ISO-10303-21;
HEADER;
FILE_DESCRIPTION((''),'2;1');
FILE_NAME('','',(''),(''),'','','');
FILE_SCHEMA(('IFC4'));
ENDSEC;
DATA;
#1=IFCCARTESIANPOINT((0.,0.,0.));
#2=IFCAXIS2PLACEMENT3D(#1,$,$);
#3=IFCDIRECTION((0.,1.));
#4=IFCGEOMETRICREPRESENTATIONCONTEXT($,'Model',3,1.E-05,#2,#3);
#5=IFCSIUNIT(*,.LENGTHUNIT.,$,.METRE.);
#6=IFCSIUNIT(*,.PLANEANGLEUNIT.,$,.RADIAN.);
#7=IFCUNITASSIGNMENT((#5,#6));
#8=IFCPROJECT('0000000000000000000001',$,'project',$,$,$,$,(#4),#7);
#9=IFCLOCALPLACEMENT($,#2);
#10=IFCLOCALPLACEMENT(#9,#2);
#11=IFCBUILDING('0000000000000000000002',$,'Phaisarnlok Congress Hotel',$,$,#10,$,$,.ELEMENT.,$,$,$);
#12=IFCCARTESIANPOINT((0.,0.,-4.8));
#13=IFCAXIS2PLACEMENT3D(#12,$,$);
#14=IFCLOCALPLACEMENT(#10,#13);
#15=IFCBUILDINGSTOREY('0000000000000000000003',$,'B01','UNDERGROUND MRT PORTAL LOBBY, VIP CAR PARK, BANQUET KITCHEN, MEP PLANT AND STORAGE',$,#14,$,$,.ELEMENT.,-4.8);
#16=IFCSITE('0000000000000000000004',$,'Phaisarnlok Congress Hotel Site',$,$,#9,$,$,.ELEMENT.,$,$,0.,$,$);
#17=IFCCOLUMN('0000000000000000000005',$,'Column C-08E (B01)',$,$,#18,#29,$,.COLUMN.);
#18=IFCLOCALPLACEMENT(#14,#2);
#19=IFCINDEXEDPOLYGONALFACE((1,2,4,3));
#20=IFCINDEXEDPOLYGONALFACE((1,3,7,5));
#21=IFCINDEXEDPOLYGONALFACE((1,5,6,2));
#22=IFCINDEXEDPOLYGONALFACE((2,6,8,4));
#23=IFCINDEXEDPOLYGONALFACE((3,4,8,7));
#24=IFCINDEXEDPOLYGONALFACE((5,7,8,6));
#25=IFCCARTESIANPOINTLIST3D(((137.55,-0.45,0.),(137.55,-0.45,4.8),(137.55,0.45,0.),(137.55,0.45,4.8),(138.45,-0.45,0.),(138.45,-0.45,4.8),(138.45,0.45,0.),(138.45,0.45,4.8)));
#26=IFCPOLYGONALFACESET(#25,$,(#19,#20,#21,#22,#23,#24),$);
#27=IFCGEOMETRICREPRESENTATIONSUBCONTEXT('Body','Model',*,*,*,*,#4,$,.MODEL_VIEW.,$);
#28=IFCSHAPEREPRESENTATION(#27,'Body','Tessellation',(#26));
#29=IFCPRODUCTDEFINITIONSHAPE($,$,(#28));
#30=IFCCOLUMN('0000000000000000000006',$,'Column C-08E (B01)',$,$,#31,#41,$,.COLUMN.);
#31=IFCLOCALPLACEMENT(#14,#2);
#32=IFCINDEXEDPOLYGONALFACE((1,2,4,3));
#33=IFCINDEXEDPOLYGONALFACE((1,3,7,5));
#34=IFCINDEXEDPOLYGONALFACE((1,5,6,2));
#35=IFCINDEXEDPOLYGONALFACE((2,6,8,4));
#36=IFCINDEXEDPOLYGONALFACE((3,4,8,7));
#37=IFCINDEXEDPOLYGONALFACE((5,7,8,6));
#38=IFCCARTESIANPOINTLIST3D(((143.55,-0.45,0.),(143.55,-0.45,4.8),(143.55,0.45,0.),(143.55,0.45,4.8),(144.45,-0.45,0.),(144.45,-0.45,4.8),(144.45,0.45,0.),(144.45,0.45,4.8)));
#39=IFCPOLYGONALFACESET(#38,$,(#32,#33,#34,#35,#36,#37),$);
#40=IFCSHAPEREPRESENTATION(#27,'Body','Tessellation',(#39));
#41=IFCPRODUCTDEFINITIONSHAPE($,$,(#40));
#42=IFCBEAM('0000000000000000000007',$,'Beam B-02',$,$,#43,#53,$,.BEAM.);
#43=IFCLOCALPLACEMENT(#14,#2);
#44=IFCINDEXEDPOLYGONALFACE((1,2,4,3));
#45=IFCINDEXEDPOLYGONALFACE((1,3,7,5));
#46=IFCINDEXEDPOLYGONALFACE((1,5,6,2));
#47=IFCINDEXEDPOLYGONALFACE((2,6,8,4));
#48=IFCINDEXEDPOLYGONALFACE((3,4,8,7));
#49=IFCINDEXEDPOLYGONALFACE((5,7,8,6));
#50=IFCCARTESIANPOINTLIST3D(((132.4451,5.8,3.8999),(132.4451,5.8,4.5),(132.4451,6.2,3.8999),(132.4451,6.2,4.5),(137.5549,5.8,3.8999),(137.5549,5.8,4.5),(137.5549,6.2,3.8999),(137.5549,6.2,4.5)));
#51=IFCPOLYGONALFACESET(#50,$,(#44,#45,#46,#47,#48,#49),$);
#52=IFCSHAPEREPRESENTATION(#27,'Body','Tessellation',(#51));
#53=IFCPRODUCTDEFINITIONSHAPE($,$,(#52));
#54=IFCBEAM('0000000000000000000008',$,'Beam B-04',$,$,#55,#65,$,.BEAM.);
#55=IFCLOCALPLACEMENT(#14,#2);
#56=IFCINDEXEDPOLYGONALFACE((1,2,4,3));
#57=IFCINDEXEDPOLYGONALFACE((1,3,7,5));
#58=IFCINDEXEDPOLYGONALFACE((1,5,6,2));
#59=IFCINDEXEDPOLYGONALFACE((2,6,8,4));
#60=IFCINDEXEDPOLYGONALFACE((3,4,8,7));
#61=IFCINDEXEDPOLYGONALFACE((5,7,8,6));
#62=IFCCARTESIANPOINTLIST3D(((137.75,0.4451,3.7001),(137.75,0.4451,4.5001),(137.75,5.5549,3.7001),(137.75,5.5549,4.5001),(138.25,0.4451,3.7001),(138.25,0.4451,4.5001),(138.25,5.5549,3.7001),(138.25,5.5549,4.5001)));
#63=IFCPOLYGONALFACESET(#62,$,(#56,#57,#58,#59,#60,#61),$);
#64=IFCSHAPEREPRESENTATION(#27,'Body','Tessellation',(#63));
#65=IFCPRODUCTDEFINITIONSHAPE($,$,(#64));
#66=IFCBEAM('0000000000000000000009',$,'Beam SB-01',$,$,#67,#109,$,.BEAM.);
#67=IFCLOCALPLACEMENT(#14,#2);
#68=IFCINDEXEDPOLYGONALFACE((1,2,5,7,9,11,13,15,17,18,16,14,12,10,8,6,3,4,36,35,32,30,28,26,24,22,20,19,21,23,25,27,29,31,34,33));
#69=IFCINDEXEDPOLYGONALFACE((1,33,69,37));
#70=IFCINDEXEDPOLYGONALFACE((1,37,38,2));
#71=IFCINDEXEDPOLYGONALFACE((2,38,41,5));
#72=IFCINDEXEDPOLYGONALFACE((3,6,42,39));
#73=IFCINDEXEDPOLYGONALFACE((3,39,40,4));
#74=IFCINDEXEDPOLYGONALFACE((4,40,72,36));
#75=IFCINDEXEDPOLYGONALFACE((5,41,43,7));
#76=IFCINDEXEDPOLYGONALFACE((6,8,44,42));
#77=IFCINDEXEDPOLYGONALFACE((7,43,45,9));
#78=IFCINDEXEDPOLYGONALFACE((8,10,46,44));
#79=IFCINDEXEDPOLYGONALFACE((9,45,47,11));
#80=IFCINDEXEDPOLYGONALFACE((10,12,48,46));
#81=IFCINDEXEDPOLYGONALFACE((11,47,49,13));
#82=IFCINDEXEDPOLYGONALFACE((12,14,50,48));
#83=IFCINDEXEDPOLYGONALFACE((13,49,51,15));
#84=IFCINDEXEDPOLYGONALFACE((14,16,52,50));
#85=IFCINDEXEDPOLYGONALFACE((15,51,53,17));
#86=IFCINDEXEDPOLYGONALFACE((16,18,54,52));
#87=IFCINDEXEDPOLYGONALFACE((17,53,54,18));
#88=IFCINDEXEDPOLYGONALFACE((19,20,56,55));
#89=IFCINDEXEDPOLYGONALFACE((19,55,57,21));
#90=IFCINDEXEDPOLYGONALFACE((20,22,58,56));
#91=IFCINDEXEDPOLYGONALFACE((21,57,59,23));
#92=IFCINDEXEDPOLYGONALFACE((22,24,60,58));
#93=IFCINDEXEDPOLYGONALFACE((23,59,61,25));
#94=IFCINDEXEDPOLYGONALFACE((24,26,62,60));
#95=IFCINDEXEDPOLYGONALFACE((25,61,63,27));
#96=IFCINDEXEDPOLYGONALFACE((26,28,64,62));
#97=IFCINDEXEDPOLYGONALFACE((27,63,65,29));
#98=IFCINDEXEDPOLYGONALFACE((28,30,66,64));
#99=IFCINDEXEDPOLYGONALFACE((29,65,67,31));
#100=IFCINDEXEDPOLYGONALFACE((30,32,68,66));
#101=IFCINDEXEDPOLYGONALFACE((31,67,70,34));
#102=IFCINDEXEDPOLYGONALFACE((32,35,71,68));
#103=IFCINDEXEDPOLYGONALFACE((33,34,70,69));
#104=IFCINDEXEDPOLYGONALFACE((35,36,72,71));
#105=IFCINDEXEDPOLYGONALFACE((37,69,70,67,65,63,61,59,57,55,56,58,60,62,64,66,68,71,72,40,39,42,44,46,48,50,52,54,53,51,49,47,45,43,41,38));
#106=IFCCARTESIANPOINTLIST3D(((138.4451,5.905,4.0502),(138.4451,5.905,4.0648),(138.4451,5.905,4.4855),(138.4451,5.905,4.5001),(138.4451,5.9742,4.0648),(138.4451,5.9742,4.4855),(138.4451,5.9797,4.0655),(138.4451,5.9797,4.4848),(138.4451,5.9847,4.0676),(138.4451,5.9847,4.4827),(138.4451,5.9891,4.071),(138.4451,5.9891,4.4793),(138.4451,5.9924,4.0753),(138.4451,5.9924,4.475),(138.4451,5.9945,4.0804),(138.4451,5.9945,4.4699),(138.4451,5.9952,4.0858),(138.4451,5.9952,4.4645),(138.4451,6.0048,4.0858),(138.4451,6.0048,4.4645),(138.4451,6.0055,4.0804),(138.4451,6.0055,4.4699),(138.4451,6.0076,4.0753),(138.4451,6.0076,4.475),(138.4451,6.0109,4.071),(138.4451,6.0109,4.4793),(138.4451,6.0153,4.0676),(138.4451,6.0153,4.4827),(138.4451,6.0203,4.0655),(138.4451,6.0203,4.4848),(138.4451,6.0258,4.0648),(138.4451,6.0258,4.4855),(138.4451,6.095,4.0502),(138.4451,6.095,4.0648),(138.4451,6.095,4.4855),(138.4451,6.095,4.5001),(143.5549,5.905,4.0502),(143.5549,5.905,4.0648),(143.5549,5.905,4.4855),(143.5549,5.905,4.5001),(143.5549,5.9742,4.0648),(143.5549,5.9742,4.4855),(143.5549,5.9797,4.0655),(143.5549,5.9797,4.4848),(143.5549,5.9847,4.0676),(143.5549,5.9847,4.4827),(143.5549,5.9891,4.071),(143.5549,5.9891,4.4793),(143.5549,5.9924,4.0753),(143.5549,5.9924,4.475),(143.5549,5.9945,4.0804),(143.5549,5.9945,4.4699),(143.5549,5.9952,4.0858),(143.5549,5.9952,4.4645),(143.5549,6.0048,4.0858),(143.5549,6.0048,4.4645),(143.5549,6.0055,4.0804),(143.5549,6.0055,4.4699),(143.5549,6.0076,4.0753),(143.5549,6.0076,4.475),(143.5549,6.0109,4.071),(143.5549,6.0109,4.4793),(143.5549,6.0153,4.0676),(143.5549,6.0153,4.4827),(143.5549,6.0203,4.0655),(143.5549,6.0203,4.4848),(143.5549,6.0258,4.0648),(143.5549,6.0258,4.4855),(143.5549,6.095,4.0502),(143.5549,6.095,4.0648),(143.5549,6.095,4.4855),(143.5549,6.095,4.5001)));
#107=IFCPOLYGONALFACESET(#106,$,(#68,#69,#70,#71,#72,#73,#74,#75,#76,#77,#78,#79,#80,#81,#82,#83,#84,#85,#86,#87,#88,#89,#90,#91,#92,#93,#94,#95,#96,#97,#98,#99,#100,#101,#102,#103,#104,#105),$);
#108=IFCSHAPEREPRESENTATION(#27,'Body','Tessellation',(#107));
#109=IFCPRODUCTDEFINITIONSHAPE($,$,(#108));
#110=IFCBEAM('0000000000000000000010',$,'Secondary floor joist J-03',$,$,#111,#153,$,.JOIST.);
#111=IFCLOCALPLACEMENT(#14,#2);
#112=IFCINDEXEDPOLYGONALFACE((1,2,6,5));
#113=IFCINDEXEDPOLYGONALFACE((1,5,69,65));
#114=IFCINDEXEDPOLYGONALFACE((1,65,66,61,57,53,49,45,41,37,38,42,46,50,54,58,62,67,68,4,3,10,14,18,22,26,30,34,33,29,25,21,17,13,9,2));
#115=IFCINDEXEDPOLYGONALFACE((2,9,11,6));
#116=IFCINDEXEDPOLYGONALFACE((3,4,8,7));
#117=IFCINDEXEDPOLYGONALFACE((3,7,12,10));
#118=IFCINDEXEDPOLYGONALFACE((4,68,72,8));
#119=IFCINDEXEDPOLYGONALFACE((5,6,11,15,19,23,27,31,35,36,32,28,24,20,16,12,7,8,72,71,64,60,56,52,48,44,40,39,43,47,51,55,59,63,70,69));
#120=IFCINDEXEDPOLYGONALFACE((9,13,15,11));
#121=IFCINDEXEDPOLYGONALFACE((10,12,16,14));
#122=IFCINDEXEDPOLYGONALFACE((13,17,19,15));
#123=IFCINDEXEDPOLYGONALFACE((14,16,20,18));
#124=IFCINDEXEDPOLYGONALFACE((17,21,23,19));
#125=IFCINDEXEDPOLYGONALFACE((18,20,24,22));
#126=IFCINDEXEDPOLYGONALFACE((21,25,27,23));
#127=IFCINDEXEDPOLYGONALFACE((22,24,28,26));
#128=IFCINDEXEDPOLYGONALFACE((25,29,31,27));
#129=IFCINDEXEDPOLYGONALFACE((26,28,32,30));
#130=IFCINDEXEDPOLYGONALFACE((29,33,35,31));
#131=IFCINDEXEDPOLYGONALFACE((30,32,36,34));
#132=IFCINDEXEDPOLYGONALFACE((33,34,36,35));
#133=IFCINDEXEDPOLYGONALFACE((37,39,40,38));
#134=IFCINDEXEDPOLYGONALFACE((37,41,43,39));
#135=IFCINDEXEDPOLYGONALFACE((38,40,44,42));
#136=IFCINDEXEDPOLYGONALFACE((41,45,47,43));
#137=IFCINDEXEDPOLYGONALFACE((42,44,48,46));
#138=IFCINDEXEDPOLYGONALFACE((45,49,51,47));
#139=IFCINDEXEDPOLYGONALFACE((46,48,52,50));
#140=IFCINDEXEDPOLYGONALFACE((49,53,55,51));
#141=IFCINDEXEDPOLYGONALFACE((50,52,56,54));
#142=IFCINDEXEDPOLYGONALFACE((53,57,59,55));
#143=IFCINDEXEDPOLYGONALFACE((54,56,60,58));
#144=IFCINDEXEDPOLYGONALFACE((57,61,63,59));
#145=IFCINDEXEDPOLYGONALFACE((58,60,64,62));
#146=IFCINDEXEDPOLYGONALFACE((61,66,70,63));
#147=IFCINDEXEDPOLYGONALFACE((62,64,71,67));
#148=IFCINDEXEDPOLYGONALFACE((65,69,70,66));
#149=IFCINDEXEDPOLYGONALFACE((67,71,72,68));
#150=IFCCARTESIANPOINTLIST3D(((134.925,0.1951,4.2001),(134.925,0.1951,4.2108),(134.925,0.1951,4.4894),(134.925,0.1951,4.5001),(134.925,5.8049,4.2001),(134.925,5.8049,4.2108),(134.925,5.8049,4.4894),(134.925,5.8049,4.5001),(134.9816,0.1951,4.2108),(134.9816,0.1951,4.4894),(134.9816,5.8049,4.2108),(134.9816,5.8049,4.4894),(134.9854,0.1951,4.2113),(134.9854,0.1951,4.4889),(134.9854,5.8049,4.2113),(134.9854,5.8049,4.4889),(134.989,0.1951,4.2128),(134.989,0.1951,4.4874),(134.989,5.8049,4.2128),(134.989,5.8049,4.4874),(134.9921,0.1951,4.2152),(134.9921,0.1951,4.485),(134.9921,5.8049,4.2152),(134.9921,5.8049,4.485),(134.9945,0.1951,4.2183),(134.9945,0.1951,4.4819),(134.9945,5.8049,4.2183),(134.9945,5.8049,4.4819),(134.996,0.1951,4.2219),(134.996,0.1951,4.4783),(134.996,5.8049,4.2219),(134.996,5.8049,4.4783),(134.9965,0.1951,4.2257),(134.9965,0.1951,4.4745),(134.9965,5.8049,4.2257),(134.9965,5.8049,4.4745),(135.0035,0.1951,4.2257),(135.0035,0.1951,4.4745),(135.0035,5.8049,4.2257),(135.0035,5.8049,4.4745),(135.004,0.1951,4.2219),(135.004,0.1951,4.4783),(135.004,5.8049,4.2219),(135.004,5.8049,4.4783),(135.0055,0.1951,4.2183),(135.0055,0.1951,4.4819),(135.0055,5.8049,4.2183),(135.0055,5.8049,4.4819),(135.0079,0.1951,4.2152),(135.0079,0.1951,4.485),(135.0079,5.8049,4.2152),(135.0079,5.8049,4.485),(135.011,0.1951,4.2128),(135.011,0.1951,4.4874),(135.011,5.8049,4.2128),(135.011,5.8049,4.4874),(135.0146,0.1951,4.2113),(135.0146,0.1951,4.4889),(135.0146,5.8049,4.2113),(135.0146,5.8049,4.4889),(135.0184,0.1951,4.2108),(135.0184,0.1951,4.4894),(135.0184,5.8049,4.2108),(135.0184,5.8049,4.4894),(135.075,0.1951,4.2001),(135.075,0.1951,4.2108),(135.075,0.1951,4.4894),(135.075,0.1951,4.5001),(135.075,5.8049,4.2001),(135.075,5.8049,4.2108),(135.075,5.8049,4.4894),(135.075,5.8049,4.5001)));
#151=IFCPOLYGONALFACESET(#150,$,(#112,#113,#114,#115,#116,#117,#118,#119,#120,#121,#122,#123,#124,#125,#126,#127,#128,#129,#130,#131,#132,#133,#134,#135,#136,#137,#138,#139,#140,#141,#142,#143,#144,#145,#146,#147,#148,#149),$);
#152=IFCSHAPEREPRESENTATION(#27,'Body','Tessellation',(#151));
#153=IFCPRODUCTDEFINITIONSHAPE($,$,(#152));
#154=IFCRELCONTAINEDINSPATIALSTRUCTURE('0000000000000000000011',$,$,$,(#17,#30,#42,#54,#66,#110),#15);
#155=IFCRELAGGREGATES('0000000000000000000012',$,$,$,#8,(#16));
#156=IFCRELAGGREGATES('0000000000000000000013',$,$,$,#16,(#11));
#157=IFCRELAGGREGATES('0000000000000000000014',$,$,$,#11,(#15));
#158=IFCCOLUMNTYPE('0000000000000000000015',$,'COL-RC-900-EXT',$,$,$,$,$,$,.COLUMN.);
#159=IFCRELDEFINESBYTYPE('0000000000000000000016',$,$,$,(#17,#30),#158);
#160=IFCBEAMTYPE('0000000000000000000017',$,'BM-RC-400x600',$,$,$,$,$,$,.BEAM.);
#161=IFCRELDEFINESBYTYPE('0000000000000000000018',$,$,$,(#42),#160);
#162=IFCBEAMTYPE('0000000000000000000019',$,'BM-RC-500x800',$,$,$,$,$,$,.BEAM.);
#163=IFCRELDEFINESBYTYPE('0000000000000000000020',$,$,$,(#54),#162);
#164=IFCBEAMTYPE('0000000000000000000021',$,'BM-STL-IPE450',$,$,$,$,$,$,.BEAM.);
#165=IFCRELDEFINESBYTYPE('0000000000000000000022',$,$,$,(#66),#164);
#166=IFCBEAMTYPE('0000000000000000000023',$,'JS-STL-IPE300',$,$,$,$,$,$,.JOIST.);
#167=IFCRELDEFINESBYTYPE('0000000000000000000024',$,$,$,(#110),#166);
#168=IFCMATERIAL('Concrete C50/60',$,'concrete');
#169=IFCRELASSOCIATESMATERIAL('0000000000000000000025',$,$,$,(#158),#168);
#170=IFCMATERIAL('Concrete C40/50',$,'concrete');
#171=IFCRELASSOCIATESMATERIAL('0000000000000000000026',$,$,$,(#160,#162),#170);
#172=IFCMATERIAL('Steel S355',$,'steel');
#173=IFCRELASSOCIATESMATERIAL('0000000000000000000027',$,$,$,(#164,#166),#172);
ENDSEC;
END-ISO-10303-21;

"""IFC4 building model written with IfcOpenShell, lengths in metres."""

from ifc_helpers import new_model, si_unit, direction, frame, origin, origin_2d, place, context, subcontext, project, spatial, rectangle, i_section, extrude, material, material_profile, profile_set, type_object, element, save


model = new_model("IFC4")

# Units and contexts
model_context = context("Model", 3, precision=1e-05, world=origin(), true_north=direction((0.0, 1.0)))
body_context = subcontext(model_context, "Body", "Model", "MODEL_VIEW")
ifc_project = project(units=[si_unit("LENGTHUNIT", "METRE"), si_unit("PLANEANGLEUNIT", "RADIAN")], contexts=[model_context])

# Site, building, storey
site_placement = place(None, origin())
site = spatial("IfcSite", under=ifc_project, at=site_placement, Name="Phaisarnlok Congress Hotel Site", CompositionType="ELEMENT", RefElevation=0.0)
building_placement = place(site_placement, origin())
building = spatial("IfcBuilding", under=site, at=building_placement, Name="Phaisarnlok Congress Hotel", CompositionType="ELEMENT")
storey_placement = place(building_placement, frame((0.0, 0.0, -4.8)))
storey = spatial("IfcBuildingStorey", under=building, at=storey_placement, Name="B01", Description="UNDERGROUND MRT PORTAL LOBBY, VIP CAR PARK, BANQUET KITCHEN, MEP PLANT AND STORAGE", CompositionType="ELEMENT", Elevation=-4.8)

# Shared definitions
ifc_material_1 = material(Name="Concrete C40/50", Category="concrete")

# Columns
ifc_material_2 = material(Name="Concrete C50/60", Category="concrete")
ifc_material_profile_1 = material_profile(ifc_material_2, rectangle(XDim=0.8999, YDim=0.8999, at=origin_2d()), Name="RC 900x900")
ifc_profile_set_1 = profile_set([ifc_material_profile_1], Name="Concrete C50/60")
column_type_1 = type_object("IfcColumnType", Name="COL-RC-900-EXT", PredefinedType="COLUMN", material=ifc_profile_set_1)
for number, where, z_axis, x_axis, name in (
    (1, (138.0, 0.0, 0.0), (0.0, 0.0, 1.0), (1.0, 0.0, 0.0), "Column C-08E (B01)"),
    (2, (144.0, 0.0, 0.0), (0.0, 0.0, 1.0), (1.0, 0.0, 0.0), "Column C-08E (B01)"),
):
    element("IfcColumn", number, at=place(storey_placement, frame(where, z_axis=z_axis, x_axis=x_axis)), inside=storey, type_object=column_type_1, Name=name, PredefinedType="COLUMN", context=body_context, shape_type="SweptSolid", body=[
        extrude(rectangle(XDim=0.8999, YDim=0.8999, at=origin_2d()), origin(), (0.0, 0.0, 1.0), 4.8),
    ])

# Beams
ifc_material_profile_2 = material_profile(ifc_material_1, rectangle(XDim=0.3999, YDim=0.6001, at=origin_2d()), Name="RC 400x600")
ifc_profile_set_2 = profile_set([ifc_material_profile_2], Name="Concrete C40/50")
beam_type_1 = type_object("IfcBeamType", Name="BM-RC-400x600", PredefinedType="BEAM", material=ifc_profile_set_2)
beam_1_placement = place(storey_placement, frame((132.4451, 6.0, 4.2), z_axis=(1.0, 0.0, 0.0), x_axis=(0.0, 1.0, 0.0)))
element("IfcBeam", 3, at=beam_1_placement, inside=storey, type_object=beam_type_1, Name="Beam B-02", PredefinedType="BEAM", context=body_context, shape_type="SweptSolid", body=[
    extrude(rectangle(XDim=0.3999, YDim=0.6001, at=origin_2d()), origin(), (0.0, 0.0, 1.0), 5.1099),
])
ifc_material_profile_3 = material_profile(ifc_material_1, rectangle(XDim=0.5, YDim=0.8, at=origin_2d()), Name="RC 500x800")
ifc_profile_set_3 = profile_set([ifc_material_profile_3], Name="Concrete C40/50")
beam_type_2 = type_object("IfcBeamType", Name="BM-RC-500x800", PredefinedType="BEAM", material=ifc_profile_set_3)
beam_2_placement = place(storey_placement, frame((138.0, 0.4451, 4.1001), z_axis=(0.0, 1.0, 0.0), x_axis=(-1.0, 0.0, 0.0)))
element("IfcBeam", 4, at=beam_2_placement, inside=storey, type_object=beam_type_2, Name="Beam B-04", PredefinedType="BEAM", context=body_context, shape_type="SweptSolid", body=[
    extrude(rectangle(XDim=0.5, YDim=0.8, at=origin_2d()), origin(), (0.0, 0.0, 1.0), 5.1099),
])
ifc_material_3 = material(Name="Steel S355", Category="steel")
ifc_material_profile_4 = material_profile(ifc_material_3, i_section(OverallWidth=0.1899, OverallDepth=0.45, WebThickness=0.0095, FlangeThickness=0.0146, FilletRadius=0.021, at=origin_2d()), Name="IPE 450")
ifc_profile_set_4 = profile_set([ifc_material_profile_4], Name="Steel S355")
beam_type_3 = type_object("IfcBeamType", Name="BM-STL-IPE450", PredefinedType="BEAM", material=ifc_profile_set_4)
beam_3_placement = place(storey_placement, frame((138.4451, 6.0, 4.2751), z_axis=(1.0, 0.0, 0.0), x_axis=(0.0, 1.0, 0.0)))
element("IfcBeam", 5, at=beam_3_placement, inside=storey, type_object=beam_type_3, Name="Beam SB-01", PredefinedType="BEAM", context=body_context, shape_type="SweptSolid", body=[
    extrude(i_section(OverallWidth=0.1899, OverallDepth=0.45, WebThickness=0.0095, FlangeThickness=0.0146, FilletRadius=0.021, at=origin_2d()), origin(), (0.0, 0.0, 1.0), 5.1099),
])
ifc_material_profile_5 = material_profile(ifc_material_3, i_section(OverallWidth=0.1499, OverallDepth=0.3, WebThickness=0.0071, FlangeThickness=0.0107, FilletRadius=0.0149, at=origin_2d()), Name="IPE 300")
ifc_profile_set_5 = profile_set([ifc_material_profile_5], Name="Steel S355")
beam_type_4 = type_object("IfcBeamType", Name="JS-STL-IPE300", PredefinedType="JOIST", material=ifc_profile_set_5)
beam_4_placement = place(storey_placement, frame((135.0, 0.1951, 4.3501), z_axis=(0.0, 1.0, 0.0), x_axis=(-1.0, 0.0, 0.0)))
element("IfcBeam", 6, at=beam_4_placement, inside=storey, type_object=beam_type_4, Name="Secondary floor joist J-03", PredefinedType="JOIST", context=body_context, shape_type="SweptSolid", body=[
    extrude(i_section(OverallWidth=0.1499, OverallDepth=0.3, WebThickness=0.0071, FlangeThickness=0.0107, FilletRadius=0.0149, at=origin_2d()), origin(), (0.0, 0.0, 1.0), 5.6099),
])

save(model, "model.ifc")
